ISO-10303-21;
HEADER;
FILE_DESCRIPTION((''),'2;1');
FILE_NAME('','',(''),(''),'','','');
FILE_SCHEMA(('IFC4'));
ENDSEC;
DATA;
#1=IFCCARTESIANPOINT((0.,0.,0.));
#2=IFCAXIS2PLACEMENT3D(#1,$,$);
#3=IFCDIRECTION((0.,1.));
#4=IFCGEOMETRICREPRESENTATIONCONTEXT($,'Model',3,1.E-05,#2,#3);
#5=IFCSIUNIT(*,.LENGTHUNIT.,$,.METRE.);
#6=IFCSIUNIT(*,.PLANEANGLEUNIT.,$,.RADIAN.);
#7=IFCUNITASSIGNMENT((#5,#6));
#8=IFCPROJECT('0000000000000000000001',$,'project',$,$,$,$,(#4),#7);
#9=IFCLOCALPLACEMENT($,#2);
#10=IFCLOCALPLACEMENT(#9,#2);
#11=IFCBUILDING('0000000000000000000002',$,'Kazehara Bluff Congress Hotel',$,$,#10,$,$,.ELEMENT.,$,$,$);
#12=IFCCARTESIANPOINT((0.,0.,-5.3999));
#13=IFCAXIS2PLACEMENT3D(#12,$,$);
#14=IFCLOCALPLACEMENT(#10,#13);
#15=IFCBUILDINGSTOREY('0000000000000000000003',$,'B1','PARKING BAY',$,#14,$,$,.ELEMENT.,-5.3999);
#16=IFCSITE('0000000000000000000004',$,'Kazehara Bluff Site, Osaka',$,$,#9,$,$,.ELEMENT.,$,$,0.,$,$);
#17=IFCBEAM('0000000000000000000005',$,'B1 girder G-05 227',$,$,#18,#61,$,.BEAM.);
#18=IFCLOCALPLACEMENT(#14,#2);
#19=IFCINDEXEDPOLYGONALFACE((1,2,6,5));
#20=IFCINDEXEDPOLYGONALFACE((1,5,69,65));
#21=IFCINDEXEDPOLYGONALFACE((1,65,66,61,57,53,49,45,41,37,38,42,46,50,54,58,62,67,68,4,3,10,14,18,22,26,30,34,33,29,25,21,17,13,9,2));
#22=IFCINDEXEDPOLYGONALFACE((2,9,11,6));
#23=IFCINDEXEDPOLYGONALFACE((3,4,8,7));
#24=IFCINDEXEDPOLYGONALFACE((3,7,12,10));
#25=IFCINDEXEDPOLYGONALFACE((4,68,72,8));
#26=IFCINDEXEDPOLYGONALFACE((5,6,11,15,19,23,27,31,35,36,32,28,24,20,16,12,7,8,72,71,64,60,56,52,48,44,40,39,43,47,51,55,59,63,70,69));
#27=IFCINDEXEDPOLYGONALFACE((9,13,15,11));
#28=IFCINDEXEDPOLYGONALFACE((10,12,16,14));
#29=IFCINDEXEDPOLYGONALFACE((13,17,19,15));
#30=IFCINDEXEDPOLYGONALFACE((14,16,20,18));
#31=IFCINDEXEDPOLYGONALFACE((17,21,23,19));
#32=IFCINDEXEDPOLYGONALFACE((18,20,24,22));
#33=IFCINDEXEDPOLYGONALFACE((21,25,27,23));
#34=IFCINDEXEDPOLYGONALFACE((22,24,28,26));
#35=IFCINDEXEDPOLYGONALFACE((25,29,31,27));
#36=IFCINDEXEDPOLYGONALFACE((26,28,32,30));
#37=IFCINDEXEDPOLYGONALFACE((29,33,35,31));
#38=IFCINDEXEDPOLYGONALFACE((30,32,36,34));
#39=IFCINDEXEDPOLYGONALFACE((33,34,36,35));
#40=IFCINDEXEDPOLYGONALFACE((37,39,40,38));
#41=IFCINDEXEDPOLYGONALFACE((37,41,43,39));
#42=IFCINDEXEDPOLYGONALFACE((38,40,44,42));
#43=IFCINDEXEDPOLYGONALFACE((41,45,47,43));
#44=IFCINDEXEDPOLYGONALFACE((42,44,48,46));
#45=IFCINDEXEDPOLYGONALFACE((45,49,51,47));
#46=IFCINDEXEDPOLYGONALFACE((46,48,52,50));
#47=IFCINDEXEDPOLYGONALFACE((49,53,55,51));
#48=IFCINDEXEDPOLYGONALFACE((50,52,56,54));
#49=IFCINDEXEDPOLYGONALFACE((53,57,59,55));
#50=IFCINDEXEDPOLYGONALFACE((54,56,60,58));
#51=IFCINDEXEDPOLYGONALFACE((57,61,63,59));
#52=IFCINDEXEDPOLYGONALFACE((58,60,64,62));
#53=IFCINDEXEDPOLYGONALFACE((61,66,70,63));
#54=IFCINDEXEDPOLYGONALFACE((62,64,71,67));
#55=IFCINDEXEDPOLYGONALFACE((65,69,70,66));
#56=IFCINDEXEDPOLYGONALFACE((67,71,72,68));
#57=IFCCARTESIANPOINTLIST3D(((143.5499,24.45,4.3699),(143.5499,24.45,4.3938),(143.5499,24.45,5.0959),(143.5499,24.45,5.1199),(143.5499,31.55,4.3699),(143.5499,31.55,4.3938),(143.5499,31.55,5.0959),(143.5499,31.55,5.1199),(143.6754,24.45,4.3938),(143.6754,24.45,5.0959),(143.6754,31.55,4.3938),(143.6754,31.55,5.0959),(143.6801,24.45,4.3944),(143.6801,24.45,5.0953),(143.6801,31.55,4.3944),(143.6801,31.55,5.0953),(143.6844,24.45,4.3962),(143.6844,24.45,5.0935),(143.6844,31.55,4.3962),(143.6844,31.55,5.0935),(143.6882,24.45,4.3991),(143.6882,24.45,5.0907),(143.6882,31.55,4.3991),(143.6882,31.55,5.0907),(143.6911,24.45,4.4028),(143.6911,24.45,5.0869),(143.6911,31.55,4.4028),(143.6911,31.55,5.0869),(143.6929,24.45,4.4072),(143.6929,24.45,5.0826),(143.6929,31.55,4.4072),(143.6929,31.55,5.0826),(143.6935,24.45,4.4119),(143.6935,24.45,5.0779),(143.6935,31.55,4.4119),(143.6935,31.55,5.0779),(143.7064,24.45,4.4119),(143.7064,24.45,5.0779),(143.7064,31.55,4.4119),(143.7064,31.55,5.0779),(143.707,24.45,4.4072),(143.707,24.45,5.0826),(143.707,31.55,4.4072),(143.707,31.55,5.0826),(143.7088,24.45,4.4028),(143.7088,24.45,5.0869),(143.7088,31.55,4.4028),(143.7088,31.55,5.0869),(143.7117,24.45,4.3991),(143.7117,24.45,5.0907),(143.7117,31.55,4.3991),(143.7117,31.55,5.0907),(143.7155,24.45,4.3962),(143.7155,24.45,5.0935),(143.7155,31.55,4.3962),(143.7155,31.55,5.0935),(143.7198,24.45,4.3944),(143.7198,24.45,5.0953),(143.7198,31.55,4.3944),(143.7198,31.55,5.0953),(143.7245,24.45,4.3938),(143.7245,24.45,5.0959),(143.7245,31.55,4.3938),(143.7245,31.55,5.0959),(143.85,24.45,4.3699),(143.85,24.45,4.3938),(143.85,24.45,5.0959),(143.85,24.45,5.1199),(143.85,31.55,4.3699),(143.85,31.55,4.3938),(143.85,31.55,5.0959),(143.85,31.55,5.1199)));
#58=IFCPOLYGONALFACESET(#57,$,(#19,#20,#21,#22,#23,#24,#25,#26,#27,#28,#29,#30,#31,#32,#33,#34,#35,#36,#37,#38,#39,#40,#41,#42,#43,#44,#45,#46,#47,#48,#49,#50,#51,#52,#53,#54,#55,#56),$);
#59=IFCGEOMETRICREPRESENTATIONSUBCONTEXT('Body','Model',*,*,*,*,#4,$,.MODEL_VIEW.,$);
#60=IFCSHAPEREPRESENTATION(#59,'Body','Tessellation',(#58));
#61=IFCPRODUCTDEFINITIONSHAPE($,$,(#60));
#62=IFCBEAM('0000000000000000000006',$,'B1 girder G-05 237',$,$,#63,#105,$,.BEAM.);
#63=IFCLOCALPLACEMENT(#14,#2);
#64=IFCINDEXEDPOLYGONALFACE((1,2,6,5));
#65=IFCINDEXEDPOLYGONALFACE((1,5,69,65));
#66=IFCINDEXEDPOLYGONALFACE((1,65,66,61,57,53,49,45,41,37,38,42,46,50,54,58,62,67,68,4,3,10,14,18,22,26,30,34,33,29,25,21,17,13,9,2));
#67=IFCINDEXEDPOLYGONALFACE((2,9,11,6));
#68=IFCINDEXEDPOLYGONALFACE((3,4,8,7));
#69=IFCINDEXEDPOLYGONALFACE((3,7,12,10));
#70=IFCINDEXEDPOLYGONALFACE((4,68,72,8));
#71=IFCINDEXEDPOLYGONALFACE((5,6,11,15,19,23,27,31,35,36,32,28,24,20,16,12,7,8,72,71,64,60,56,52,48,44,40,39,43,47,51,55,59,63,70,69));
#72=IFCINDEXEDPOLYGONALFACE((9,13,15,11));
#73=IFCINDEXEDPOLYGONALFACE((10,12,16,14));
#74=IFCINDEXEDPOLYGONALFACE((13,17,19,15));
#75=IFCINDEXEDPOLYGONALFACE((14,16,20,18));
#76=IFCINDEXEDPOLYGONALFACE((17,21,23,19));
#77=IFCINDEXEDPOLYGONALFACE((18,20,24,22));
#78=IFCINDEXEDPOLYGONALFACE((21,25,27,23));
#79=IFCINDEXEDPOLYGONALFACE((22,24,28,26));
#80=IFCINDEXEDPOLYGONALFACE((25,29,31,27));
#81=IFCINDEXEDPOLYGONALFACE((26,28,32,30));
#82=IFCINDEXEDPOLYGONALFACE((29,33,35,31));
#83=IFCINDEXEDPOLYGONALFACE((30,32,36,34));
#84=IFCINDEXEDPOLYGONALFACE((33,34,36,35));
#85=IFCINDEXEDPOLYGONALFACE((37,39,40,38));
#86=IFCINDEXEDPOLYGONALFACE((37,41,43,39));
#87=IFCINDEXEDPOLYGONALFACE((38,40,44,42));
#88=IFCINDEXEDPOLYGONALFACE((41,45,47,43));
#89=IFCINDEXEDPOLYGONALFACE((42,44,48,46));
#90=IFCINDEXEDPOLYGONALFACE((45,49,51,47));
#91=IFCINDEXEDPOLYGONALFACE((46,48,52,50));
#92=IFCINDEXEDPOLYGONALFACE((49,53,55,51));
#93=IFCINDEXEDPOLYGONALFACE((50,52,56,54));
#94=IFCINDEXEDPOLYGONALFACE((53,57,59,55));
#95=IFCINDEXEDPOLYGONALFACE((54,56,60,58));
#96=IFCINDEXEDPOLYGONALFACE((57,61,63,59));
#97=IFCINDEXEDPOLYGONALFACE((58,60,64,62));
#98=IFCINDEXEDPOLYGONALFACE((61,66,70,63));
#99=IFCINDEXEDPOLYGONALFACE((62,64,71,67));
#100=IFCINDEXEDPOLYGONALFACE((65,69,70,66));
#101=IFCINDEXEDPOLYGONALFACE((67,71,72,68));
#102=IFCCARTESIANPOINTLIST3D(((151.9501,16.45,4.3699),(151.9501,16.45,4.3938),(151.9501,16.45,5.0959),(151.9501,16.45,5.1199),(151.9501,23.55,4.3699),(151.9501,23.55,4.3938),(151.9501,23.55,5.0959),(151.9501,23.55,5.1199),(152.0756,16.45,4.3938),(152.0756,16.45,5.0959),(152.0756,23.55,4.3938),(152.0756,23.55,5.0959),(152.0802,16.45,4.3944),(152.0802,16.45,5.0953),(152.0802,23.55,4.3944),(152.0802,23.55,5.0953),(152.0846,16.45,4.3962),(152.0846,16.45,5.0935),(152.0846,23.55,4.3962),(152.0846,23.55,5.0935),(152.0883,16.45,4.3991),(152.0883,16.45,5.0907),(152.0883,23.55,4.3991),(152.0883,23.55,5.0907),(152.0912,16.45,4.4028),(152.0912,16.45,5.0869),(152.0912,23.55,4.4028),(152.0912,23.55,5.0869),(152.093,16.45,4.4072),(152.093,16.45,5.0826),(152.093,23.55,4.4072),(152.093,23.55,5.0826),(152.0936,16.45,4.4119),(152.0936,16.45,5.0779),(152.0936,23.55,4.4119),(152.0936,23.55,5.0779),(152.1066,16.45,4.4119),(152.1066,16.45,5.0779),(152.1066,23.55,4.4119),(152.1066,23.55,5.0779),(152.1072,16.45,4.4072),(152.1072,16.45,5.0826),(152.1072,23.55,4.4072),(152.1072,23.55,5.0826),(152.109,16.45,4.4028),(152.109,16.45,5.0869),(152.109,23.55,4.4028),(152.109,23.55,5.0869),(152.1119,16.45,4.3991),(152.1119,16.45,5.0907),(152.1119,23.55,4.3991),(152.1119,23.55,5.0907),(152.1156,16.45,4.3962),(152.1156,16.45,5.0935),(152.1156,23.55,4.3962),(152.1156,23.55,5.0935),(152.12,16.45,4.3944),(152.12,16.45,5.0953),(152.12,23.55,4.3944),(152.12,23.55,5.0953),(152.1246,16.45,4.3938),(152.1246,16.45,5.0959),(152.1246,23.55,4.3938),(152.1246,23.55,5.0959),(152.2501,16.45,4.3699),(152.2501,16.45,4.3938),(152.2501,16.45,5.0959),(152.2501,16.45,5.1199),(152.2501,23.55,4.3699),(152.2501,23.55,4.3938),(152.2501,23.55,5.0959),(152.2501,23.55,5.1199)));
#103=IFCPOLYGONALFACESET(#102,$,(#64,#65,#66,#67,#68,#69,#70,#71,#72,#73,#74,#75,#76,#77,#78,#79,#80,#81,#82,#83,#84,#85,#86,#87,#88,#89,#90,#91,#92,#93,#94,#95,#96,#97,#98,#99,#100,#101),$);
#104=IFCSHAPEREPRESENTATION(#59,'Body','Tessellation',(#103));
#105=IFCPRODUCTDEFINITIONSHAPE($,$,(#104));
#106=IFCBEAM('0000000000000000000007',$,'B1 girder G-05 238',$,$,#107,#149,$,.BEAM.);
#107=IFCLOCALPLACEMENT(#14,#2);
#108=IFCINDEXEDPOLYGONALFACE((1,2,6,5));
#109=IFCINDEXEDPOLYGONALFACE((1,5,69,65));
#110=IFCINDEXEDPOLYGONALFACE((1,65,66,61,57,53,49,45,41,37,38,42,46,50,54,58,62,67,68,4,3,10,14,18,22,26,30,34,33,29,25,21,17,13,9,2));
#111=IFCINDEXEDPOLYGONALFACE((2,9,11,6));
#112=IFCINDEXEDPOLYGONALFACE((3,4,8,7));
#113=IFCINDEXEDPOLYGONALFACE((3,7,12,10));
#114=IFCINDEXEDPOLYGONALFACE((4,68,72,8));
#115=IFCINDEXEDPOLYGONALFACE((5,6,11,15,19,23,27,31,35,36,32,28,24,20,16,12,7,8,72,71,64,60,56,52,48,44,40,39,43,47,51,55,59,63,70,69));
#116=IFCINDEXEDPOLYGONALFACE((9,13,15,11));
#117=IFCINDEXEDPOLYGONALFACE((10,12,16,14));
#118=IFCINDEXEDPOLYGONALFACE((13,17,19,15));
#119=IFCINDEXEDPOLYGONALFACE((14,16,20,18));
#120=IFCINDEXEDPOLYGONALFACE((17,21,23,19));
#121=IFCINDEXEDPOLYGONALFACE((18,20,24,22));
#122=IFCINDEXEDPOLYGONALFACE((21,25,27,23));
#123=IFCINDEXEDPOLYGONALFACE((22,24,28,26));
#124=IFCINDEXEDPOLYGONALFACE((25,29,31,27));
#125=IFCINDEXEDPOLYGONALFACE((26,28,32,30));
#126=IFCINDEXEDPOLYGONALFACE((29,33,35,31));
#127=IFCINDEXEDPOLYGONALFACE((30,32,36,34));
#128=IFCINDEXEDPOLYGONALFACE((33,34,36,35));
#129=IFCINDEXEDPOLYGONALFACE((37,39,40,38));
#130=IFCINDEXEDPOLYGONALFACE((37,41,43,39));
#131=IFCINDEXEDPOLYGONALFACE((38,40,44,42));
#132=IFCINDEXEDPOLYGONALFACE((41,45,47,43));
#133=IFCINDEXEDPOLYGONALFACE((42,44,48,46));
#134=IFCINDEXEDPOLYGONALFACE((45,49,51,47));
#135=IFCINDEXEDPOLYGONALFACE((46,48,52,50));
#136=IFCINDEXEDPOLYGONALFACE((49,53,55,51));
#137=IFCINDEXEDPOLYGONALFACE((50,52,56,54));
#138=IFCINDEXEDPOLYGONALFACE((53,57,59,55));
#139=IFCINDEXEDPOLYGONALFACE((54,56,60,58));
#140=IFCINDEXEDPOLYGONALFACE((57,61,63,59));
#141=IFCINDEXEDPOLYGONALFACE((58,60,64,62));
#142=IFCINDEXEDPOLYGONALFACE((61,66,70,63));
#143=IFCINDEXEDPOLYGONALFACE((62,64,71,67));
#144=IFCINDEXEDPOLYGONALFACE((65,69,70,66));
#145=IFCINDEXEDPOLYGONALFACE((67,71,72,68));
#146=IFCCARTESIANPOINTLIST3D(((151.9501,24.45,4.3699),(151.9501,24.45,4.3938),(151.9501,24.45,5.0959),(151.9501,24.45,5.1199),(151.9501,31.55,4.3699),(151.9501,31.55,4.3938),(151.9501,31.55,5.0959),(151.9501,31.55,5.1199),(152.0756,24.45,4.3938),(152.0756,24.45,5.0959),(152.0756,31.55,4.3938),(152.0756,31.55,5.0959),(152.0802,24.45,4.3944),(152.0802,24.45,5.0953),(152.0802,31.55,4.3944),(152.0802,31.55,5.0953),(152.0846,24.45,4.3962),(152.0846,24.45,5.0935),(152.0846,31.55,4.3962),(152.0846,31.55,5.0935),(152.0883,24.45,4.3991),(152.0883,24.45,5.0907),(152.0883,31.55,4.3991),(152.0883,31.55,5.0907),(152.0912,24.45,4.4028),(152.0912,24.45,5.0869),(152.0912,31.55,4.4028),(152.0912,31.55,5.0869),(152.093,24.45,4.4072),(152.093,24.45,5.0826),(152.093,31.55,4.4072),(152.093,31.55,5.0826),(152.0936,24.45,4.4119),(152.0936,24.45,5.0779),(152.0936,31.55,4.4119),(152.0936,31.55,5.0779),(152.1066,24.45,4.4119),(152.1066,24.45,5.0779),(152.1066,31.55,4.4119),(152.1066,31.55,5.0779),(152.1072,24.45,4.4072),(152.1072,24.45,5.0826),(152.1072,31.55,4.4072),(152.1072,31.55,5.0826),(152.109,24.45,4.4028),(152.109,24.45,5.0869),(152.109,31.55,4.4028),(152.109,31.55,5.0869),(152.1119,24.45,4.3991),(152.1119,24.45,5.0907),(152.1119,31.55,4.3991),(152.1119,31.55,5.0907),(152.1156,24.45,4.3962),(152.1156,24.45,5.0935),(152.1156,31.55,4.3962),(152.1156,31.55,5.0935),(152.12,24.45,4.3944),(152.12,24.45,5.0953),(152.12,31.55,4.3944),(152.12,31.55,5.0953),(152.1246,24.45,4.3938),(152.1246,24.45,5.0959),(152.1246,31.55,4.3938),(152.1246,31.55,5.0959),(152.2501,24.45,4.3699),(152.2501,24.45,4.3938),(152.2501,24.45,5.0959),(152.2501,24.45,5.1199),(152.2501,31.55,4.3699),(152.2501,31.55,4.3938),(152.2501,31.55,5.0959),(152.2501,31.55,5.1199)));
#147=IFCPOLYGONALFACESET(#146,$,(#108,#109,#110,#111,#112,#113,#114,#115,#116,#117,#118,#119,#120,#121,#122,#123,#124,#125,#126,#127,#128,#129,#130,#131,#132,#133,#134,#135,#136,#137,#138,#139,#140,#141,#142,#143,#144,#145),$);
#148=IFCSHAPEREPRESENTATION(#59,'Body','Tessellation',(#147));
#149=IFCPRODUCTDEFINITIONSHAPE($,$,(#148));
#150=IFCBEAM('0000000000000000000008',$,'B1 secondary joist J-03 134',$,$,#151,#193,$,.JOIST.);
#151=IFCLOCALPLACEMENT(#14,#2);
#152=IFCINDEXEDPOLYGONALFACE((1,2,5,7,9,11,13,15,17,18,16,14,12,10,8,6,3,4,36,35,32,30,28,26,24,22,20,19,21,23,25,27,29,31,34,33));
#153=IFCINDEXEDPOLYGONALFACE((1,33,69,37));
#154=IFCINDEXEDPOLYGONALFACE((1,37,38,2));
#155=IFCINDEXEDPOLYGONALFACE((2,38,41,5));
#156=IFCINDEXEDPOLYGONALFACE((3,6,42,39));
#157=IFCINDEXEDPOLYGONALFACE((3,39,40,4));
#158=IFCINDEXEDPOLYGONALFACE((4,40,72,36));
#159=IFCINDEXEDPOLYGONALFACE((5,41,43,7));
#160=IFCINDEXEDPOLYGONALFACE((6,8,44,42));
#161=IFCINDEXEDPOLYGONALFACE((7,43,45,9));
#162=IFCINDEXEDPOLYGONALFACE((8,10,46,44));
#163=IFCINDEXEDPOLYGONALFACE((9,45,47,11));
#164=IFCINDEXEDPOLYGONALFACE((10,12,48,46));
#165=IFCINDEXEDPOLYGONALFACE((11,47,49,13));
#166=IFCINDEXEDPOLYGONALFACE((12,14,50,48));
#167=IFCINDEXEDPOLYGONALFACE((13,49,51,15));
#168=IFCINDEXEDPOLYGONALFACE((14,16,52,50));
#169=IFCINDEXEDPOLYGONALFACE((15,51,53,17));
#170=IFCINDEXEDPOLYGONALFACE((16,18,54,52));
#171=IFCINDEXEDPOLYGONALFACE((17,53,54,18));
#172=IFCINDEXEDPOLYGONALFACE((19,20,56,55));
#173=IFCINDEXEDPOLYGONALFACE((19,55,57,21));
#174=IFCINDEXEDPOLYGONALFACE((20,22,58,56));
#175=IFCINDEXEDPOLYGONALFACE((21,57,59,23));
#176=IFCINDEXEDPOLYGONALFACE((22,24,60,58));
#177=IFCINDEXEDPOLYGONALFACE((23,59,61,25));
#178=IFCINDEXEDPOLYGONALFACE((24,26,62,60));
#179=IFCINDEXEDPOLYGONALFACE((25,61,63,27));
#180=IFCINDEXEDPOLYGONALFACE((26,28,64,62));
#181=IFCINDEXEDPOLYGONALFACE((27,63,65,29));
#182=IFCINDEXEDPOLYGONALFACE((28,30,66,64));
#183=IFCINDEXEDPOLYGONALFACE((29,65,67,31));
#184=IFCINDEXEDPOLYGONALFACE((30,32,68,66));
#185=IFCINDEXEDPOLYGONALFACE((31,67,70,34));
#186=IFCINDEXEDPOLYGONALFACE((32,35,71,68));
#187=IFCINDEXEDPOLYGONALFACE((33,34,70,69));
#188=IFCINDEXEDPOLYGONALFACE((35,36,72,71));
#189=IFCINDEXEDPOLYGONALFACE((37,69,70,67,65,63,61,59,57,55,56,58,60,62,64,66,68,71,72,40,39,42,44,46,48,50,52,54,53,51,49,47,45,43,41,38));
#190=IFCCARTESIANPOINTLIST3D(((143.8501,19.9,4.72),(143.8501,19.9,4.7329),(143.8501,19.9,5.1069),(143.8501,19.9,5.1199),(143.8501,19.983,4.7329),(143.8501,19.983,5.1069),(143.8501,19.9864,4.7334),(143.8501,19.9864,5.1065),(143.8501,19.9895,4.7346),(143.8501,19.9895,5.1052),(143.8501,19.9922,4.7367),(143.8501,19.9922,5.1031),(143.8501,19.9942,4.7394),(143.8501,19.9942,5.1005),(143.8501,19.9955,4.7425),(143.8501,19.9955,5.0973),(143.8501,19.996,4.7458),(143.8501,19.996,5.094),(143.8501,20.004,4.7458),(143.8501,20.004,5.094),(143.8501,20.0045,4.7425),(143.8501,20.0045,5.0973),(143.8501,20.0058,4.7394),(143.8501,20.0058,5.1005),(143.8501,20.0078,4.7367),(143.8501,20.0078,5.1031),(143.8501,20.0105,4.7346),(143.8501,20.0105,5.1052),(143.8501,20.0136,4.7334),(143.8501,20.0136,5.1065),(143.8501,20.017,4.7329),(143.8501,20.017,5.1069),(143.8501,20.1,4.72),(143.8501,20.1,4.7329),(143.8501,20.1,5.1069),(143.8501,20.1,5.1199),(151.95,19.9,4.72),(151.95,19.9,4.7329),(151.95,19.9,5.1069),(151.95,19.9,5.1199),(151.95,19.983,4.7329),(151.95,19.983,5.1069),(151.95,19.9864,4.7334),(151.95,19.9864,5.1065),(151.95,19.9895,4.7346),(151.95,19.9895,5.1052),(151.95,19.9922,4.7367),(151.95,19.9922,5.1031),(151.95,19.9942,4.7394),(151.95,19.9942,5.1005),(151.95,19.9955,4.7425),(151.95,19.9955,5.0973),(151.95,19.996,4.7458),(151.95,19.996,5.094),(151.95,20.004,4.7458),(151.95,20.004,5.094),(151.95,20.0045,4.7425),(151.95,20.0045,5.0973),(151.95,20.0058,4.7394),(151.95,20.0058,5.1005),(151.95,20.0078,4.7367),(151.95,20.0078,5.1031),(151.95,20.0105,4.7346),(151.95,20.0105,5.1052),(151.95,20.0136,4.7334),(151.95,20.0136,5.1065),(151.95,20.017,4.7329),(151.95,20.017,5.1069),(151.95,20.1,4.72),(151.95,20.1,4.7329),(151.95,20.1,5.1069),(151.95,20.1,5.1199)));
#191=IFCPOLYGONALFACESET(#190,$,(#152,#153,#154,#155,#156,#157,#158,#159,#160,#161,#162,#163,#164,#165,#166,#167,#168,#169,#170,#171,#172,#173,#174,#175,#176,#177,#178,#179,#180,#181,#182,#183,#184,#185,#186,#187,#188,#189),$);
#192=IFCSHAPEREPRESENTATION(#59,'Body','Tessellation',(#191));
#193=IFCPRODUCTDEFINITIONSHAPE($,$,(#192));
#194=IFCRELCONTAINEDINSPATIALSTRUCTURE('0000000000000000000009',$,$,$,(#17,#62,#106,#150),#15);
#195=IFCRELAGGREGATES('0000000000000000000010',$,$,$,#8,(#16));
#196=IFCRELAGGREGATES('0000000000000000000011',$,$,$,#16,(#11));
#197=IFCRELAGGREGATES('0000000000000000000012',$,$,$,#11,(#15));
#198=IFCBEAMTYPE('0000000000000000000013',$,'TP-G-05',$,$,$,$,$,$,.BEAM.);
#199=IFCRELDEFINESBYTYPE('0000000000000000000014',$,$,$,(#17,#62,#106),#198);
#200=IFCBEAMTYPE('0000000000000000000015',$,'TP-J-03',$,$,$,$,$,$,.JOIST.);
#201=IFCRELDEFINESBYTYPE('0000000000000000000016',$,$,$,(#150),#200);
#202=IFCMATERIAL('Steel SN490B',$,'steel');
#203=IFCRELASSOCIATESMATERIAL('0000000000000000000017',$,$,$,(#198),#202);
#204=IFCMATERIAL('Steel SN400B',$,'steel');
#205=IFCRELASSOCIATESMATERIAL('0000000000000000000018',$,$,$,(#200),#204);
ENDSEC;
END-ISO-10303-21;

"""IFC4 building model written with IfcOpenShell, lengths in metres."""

from ifc_helpers import new_model, si_unit, direction, frame, origin, origin_2d, place, context, subcontext, project, spatial, i_section, extrude, material, material_profile, profile_set, type_object, element, save


model = new_model("IFC4")

# Units and contexts
model_context = context("Model", 3, precision=1e-05, world=origin(), true_north=direction((0.0, 1.0)))
body_context = subcontext(model_context, "Body", "Model", "MODEL_VIEW")
ifc_project = project(units=[si_unit("LENGTHUNIT", "METRE"), si_unit("PLANEANGLEUNIT", "RADIAN")], contexts=[model_context])

# Site, building, storey
site_placement = place(None, origin())
site = spatial("IfcSite", under=ifc_project, at=site_placement, Name="Kazehara Bluff Site, Osaka", CompositionType="ELEMENT", RefElevation=0.0)
building_placement = place(site_placement, origin())
building = spatial("IfcBuilding", under=site, at=building_placement, Name="Kazehara Bluff Congress Hotel", CompositionType="ELEMENT")
storey_placement = place(building_placement, frame((0.0, 0.0, -5.3999)))
storey = spatial("IfcBuildingStorey", under=building, at=storey_placement, Name="B1", Description="PARKING BAY", CompositionType="ELEMENT", Elevation=-5.3999)

# Beams
ifc_material_1 = material(Name="Steel SN490B", Category="steel")
ifc_material_profile_1 = material_profile(ifc_material_1, i_section(OverallWidth=0.3, OverallDepth=0.75, WebThickness=0.0129, FlangeThickness=0.0239, FilletRadius=0.0181, at=origin_2d()))
ifc_profile_set_1 = profile_set([ifc_material_profile_1], Name="Steel SN490B")
beam_type_1 = type_object("IfcBeamType", Name="TP-G-05", PredefinedType="BEAM", material=ifc_profile_set_1)
for number, where, z_axis, x_axis, name in (
    (1, (143.7, 24.45, 4.7449), (0.0, 1.0, 0.0), (-1.0, 0.0, 0.0), "B1 girder G-05 227"),
    (2, (152.1001, 16.45, 4.7449), (0.0, 1.0, 0.0), (-1.0, 0.0, 0.0), "B1 girder G-05 237"),
    (3, (152.1001, 24.45, 4.7449), (0.0, 1.0, 0.0), (-1.0, 0.0, 0.0), "B1 girder G-05 238"),
):
    element("IfcBeam", number, at=place(storey_placement, frame(where, z_axis=z_axis, x_axis=x_axis)), inside=storey, type_object=beam_type_1, Name=name, PredefinedType="BEAM", context=body_context, shape_type="SweptSolid", body=[
        extrude(i_section(OverallWidth=0.3, OverallDepth=0.75, WebThickness=0.0129, FlangeThickness=0.0239, FilletRadius=0.0181, at=origin_2d()), origin(), (0.0, 0.0, 1.0), 7.1001),
    ])
ifc_material_2 = material(Name="Steel SN400B", Category="steel")
ifc_material_profile_2 = material_profile(ifc_material_2, i_section(OverallWidth=0.2, OverallDepth=0.3999, WebThickness=0.0081, FlangeThickness=0.0129, FilletRadius=0.0129, at=origin_2d()))
ifc_profile_set_2 = profile_set([ifc_material_profile_2], Name="Steel SN400B")
beam_type_2 = type_object("IfcBeamType", Name="TP-J-03", PredefinedType="JOIST", material=ifc_profile_set_2)
beam_placement = place(storey_placement, frame((143.8501, 20.0, 4.9199), z_axis=(1.0, 0.0, 0.0), x_axis=(0.0, 1.0, 0.0)))
element("IfcBeam", 4, at=beam_placement, inside=storey, type_object=beam_type_2, Name="B1 secondary joist J-03 134", PredefinedType="JOIST", context=body_context, shape_type="SweptSolid", body=[
    extrude(i_section(OverallWidth=0.2, OverallDepth=0.3999, WebThickness=0.0081, FlangeThickness=0.0129, FilletRadius=0.0129, at=origin_2d()), origin(), (0.0, 0.0, 1.0), 8.0999),
])

save(model, "model.ifc")
